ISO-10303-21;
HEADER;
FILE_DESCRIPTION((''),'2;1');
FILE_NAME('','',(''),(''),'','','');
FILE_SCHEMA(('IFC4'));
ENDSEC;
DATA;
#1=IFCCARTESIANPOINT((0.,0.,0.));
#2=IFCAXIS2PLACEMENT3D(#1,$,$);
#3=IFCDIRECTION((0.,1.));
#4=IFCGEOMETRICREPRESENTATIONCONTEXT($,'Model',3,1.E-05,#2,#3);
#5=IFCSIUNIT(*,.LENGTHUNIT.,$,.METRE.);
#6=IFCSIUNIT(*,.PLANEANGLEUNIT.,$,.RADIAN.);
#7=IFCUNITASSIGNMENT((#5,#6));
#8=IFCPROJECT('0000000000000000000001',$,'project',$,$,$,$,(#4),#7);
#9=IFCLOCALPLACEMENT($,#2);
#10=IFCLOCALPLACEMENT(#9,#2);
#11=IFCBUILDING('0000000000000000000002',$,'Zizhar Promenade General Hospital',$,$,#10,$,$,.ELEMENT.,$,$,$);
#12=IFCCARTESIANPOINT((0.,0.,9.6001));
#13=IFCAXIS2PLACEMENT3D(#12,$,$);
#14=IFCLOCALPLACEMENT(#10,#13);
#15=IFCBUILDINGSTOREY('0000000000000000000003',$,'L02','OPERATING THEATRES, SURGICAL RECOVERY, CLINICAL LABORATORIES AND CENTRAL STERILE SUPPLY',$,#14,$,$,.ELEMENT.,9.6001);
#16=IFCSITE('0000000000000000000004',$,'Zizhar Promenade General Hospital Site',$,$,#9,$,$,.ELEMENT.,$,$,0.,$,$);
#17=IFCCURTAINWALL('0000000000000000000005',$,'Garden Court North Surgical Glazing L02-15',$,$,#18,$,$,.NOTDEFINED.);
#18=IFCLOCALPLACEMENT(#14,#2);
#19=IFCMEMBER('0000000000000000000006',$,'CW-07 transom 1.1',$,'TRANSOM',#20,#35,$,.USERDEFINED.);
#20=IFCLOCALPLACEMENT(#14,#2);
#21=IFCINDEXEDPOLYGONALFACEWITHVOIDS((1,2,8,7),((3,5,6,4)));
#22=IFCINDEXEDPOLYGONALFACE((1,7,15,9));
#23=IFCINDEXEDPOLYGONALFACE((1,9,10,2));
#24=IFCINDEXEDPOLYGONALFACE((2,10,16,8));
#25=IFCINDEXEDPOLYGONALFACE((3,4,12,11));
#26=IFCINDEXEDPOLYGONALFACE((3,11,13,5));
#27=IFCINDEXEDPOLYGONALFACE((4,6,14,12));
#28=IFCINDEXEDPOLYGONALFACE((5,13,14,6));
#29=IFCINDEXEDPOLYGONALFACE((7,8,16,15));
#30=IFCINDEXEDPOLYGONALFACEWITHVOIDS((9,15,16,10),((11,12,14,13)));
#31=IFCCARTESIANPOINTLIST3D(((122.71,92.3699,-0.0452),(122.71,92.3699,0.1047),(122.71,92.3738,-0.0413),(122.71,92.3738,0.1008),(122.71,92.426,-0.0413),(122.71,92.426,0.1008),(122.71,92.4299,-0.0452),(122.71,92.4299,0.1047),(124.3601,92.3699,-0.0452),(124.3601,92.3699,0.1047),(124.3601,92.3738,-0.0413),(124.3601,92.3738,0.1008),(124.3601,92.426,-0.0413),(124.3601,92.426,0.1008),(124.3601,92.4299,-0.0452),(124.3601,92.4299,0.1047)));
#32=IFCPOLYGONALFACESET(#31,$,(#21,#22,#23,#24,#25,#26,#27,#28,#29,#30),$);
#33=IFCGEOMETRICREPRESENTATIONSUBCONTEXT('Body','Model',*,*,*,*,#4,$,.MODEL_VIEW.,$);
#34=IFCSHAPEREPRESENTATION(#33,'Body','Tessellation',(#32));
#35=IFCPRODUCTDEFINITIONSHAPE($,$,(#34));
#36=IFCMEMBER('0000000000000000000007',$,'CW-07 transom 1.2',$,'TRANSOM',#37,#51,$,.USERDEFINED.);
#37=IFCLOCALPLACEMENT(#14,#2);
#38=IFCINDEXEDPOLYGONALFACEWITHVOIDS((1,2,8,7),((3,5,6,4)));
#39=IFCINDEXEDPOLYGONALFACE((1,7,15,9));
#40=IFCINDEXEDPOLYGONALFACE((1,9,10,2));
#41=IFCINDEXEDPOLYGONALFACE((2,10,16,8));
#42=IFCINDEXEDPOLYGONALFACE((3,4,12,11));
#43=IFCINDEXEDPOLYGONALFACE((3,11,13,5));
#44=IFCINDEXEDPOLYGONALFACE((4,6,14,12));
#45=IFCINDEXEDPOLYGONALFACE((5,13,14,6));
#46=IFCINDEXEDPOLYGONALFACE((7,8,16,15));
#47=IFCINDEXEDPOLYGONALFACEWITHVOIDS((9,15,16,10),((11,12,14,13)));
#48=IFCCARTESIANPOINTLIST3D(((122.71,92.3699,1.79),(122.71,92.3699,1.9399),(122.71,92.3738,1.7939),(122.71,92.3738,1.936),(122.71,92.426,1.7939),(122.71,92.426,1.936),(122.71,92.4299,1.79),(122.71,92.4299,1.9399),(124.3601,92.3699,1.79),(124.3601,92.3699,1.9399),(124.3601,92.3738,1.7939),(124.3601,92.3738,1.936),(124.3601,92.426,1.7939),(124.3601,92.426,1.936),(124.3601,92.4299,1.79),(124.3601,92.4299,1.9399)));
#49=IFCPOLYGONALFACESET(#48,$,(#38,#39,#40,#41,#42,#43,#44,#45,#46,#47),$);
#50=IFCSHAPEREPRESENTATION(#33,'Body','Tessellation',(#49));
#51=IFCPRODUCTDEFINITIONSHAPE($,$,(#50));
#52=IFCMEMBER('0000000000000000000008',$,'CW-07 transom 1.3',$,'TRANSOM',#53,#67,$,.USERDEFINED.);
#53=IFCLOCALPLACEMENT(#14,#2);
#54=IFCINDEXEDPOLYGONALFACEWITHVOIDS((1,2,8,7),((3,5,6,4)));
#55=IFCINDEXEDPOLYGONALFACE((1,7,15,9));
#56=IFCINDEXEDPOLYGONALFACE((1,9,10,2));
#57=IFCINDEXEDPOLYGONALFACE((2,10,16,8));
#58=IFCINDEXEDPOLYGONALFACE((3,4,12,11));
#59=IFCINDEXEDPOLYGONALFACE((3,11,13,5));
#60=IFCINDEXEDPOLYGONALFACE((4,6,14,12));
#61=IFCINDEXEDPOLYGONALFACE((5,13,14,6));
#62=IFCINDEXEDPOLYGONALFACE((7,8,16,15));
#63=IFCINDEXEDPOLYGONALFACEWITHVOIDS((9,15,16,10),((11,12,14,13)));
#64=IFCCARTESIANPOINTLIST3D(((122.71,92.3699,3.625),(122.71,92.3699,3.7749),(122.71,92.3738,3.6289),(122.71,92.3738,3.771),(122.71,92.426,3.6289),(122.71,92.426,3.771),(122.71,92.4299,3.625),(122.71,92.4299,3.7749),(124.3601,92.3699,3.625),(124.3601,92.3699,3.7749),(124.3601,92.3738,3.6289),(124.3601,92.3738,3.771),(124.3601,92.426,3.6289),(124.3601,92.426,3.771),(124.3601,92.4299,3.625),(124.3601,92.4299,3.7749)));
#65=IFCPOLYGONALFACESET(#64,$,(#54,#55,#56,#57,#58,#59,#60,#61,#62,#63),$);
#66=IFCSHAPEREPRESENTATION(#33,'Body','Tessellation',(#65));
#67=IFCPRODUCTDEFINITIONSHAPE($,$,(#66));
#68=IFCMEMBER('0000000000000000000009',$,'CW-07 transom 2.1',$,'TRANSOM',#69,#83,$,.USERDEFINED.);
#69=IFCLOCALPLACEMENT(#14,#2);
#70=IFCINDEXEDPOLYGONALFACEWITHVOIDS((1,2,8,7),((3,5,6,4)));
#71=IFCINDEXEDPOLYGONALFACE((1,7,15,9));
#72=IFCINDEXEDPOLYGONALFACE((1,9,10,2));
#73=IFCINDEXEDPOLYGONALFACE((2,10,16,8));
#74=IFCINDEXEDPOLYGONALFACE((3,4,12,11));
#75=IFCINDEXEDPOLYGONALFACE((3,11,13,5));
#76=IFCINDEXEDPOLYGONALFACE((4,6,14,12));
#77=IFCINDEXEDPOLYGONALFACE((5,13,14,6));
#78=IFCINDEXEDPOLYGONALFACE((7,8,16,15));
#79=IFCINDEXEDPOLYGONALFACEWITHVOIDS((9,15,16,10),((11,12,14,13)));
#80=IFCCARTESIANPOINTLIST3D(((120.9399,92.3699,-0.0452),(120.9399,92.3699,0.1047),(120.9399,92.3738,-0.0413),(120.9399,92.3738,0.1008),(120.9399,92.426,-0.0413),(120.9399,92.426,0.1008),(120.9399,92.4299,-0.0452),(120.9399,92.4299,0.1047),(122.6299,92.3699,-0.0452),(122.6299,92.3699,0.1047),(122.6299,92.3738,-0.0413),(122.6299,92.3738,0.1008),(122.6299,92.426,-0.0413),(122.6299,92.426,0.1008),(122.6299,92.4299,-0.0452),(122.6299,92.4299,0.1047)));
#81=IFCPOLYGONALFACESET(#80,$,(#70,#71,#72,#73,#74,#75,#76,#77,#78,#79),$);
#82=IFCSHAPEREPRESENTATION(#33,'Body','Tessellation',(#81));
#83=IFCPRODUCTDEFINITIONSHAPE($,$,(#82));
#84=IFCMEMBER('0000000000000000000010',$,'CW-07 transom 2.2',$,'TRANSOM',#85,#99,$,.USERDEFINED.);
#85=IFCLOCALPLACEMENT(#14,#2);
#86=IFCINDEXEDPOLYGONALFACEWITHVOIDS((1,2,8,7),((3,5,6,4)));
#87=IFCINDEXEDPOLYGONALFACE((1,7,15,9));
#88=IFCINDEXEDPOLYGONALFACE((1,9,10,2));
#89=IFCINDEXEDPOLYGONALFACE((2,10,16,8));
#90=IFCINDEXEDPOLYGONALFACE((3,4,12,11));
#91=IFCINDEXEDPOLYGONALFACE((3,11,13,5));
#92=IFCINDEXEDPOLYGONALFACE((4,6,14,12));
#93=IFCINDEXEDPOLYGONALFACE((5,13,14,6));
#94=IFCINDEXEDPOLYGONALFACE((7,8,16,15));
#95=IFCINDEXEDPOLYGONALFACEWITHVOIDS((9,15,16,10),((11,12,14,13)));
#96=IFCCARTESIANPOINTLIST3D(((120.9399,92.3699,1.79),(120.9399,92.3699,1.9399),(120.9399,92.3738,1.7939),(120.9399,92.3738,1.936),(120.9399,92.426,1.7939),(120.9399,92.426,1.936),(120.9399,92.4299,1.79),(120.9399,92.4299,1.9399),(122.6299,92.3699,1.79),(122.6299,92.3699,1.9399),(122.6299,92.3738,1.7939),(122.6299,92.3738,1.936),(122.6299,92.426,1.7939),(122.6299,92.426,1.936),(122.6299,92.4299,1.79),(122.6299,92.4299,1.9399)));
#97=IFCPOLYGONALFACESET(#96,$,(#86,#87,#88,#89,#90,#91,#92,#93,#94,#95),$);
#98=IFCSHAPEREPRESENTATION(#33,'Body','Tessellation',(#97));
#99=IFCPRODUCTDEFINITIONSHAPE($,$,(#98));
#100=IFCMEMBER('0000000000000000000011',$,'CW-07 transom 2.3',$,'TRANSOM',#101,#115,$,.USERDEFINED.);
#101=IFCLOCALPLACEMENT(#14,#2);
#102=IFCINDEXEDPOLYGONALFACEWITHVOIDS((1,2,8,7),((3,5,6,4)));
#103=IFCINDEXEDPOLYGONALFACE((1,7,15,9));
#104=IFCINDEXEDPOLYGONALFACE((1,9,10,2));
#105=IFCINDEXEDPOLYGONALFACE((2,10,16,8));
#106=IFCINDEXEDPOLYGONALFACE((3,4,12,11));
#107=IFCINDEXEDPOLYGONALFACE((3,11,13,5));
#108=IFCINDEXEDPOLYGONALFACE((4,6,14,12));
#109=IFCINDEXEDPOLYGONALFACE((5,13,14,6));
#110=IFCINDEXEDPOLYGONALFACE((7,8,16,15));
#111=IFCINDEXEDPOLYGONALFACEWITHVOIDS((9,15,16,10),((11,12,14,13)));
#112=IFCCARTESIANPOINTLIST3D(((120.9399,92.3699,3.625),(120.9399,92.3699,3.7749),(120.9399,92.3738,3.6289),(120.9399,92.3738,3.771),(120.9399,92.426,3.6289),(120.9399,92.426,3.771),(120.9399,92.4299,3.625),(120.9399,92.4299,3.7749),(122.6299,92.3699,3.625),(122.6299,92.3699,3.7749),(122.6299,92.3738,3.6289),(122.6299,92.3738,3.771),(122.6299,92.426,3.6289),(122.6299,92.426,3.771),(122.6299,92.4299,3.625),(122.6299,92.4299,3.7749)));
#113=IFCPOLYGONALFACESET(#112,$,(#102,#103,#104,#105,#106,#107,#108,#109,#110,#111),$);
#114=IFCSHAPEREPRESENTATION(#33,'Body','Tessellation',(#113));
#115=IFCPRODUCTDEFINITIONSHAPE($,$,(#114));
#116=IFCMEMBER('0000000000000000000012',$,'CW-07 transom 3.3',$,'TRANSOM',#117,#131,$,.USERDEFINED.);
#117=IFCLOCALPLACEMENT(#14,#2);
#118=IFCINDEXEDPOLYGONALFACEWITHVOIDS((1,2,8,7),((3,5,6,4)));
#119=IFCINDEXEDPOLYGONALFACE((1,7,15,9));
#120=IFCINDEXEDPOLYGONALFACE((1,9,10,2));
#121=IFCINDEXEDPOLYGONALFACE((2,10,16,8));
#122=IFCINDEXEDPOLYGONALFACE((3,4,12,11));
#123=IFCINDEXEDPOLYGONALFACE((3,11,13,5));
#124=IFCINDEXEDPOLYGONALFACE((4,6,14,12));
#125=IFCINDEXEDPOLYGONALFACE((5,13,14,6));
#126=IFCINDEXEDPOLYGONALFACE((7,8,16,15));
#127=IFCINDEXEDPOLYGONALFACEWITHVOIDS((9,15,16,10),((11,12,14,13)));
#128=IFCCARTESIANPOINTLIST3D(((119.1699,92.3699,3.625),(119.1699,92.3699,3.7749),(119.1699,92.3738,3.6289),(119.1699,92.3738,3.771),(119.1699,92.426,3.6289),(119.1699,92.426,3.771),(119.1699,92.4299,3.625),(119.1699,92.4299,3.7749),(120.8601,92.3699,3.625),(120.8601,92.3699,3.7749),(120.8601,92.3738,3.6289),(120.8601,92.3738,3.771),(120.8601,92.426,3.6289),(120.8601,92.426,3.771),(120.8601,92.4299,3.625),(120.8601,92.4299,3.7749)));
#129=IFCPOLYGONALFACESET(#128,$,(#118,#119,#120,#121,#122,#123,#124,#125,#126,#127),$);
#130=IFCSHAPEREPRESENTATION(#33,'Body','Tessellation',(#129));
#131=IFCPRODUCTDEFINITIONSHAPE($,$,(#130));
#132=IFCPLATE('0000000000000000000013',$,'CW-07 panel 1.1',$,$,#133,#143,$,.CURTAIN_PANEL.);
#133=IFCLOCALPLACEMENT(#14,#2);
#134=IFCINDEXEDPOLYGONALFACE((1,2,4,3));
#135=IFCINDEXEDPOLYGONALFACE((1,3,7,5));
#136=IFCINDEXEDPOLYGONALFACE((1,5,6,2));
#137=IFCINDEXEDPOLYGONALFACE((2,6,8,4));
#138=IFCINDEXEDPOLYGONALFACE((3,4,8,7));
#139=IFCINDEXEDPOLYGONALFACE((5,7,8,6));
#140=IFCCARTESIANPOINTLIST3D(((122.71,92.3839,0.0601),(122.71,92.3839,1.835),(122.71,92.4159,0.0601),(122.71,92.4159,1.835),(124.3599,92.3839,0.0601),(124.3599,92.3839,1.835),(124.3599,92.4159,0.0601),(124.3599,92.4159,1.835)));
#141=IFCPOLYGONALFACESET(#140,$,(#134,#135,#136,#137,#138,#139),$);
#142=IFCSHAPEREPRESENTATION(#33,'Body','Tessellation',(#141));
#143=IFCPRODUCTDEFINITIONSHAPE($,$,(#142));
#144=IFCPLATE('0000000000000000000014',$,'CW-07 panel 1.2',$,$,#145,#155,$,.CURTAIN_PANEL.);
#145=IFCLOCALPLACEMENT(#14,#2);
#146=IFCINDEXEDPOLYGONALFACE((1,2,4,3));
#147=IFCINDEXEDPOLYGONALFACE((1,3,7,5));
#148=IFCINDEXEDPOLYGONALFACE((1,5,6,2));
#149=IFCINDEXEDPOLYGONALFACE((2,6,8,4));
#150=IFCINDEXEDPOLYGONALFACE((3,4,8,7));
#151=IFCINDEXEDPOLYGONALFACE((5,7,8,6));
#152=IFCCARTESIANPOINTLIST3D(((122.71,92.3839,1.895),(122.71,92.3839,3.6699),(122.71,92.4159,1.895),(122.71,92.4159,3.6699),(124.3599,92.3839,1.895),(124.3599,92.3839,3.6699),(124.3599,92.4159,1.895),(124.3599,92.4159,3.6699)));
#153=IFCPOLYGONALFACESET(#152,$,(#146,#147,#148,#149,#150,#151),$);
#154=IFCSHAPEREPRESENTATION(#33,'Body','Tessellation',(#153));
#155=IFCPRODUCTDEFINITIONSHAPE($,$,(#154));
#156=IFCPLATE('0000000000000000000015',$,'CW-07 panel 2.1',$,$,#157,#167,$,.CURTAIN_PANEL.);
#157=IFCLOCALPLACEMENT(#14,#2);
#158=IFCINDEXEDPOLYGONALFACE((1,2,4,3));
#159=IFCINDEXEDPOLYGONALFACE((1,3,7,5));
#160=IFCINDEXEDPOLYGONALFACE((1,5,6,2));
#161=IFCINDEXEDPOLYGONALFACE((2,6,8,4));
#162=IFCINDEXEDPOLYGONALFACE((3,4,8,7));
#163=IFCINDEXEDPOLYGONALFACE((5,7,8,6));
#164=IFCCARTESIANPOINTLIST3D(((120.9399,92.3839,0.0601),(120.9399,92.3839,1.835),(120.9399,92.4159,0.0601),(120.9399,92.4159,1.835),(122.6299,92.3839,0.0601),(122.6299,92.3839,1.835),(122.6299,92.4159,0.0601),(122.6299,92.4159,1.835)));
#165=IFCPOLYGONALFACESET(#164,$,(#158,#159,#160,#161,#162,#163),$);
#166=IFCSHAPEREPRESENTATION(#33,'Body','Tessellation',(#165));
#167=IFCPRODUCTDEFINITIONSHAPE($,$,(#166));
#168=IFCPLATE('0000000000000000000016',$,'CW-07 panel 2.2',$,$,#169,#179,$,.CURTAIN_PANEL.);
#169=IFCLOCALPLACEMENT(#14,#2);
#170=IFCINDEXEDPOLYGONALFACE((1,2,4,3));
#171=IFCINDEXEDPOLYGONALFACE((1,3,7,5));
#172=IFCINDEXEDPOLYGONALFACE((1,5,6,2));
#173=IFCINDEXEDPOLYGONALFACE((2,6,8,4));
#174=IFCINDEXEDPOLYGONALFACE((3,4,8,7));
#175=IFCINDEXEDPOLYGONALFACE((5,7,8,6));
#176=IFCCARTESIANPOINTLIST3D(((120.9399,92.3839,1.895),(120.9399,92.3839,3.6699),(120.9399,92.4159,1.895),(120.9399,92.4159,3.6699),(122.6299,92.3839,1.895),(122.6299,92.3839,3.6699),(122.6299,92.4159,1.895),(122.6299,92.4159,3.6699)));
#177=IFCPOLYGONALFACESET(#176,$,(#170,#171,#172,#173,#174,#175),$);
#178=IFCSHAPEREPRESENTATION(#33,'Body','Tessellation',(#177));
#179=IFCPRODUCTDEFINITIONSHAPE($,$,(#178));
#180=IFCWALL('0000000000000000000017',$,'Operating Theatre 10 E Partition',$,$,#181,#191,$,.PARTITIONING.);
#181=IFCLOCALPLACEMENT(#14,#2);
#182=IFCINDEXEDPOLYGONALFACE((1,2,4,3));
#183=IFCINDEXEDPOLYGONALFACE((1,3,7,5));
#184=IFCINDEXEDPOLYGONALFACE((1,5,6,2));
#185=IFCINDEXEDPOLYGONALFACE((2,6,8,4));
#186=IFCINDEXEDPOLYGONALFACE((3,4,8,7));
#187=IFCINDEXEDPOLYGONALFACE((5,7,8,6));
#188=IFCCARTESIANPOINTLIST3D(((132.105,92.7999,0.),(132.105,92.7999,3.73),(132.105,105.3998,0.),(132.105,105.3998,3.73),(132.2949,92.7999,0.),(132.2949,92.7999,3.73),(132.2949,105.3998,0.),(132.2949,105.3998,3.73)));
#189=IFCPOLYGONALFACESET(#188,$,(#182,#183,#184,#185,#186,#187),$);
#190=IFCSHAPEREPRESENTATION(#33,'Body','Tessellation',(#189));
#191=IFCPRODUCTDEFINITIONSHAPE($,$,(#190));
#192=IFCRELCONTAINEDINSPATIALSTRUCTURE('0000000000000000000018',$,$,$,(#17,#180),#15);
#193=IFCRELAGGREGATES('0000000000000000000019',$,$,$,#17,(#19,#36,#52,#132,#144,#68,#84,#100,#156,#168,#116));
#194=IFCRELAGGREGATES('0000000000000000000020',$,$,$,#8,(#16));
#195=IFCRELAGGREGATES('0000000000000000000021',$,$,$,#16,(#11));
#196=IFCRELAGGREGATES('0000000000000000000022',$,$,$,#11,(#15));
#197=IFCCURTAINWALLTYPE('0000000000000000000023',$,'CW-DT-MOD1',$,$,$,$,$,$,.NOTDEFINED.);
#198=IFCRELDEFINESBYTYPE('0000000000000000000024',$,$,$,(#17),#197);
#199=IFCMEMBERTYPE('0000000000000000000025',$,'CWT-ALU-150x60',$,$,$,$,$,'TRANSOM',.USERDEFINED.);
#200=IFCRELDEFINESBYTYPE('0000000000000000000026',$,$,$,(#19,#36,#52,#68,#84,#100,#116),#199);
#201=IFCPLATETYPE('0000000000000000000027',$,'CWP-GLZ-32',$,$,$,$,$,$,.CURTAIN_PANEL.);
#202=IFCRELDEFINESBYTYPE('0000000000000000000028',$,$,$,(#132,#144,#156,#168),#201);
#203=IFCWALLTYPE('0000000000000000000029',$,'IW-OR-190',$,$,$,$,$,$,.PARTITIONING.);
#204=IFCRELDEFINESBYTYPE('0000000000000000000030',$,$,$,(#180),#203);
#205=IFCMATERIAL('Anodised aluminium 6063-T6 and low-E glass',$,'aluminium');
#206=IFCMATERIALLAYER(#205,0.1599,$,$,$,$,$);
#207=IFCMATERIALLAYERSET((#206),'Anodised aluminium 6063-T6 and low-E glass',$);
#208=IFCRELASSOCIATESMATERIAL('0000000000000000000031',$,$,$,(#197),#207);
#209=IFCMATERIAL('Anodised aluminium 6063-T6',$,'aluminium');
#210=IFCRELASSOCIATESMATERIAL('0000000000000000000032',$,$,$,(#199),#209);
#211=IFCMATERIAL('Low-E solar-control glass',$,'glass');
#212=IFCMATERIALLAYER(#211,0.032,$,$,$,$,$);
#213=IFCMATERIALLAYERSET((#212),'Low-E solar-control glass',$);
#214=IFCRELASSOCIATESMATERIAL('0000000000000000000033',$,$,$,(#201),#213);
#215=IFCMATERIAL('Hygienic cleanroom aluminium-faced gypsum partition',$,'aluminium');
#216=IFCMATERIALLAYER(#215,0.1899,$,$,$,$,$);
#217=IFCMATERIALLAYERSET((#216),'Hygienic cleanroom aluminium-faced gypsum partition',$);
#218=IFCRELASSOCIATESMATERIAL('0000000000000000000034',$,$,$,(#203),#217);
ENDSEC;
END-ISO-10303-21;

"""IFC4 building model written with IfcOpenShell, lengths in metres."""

from ifc_helpers import new_model, si_unit, direction, frame, frame_2d, origin, origin_2d, place, context, subcontext, project, spatial, rectangle, hollow_rectangle, extrude, material, layer, layer_set, material_profile, profile_set, type_object, element, aggregate, save


model = new_model("IFC4")

# Units and contexts
model_context = context("Model", 3, precision=1e-05, world=origin(), true_north=direction((0.0, 1.0)))
body_context = subcontext(model_context, "Body", "Model", "MODEL_VIEW")
ifc_project = project(units=[si_unit("LENGTHUNIT", "METRE"), si_unit("PLANEANGLEUNIT", "RADIAN")], contexts=[model_context])

# Site, building, storey
site_placement = place(None, origin())
site = spatial("IfcSite", under=ifc_project, at=site_placement, Name="Zizhar Promenade General Hospital Site", CompositionType="ELEMENT", RefElevation=0.0)
building_placement = place(site_placement, origin())
building = spatial("IfcBuilding", under=site, at=building_placement, Name="Zizhar Promenade General Hospital", CompositionType="ELEMENT")
storey_placement = place(building_placement, frame((0.0, 0.0, 9.6001)))
storey = spatial("IfcBuildingStorey", under=building, at=storey_placement, Name="L02", Description="OPERATING THEATRES, SURGICAL RECOVERY, CLINICAL LABORATORIES AND CENTRAL STERILE SUPPLY", CompositionType="ELEMENT", Elevation=9.6001)

# Curtain wall, members, plates
ifc_material_1 = material(Name="Anodised aluminium 6063-T6 and low-E glass", Category="aluminium")
ifc_layer_1 = layer(ifc_material_1, 0.1599)
ifc_layer_set_1 = layer_set([ifc_layer_1], Name="Anodised aluminium 6063-T6 and low-E glass")
curtain_wall_type = type_object("IfcCurtainWallType", Name="CW-DT-MOD1", PredefinedType="NOTDEFINED", material=ifc_layer_set_1)
curtain_wall_placement = place(storey_placement, origin())
curtain_wall = element("IfcCurtainWall", 1, at=curtain_wall_placement, inside=storey, type_object=curtain_wall_type, Name="Garden Court North Surgical Glazing L02-15", PredefinedType="NOTDEFINED")
ifc_material_2 = material(Name="Anodised aluminium 6063-T6", Category="aluminium")
ifc_material_profile_1 = material_profile(ifc_material_2, hollow_rectangle(XDim=0.0601, YDim=0.1499, WallThickness=0.0039, at=origin_2d()))
ifc_profile_set_1 = profile_set([ifc_material_profile_1], Name="Anodised aluminium 6063-T6")
member_type_1 = type_object("IfcMemberType", Name="CWT-ALU-150x60", ElementType="TRANSOM", PredefinedType="USERDEFINED", material=ifc_profile_set_1)
member_1_placement = place(storey_placement, frame((124.3601, 92.3999, 0.0298), z_axis=(-1.0, 0.0, 0.0), x_axis=(0.0, -1.0, 0.0)))
member_1 = element("IfcMember", 2, at=member_1_placement, type_object=member_type_1, Name="CW-07 transom 1.1", ObjectType="TRANSOM", PredefinedType="USERDEFINED", context=body_context, shape_type="SweptSolid", body=[
    extrude(hollow_rectangle(XDim=0.0601, YDim=0.1499, WallThickness=0.0039, at=origin_2d()), origin(), (0.0, 0.0, 1.0), 1.6501),
])
member_2_placement = place(storey_placement, frame((124.3601, 92.3999, 1.865), z_axis=(-1.0, 0.0, 0.0), x_axis=(0.0, -1.0, 0.0)))
member_2 = element("IfcMember", 3, at=member_2_placement, type_object=member_type_1, Name="CW-07 transom 1.2", ObjectType="TRANSOM", PredefinedType="USERDEFINED", context=body_context, shape_type="SweptSolid", body=[
    extrude(hollow_rectangle(XDim=0.0601, YDim=0.1499, WallThickness=0.0039, at=origin_2d()), origin(), (0.0, 0.0, 1.0), 1.6501),
])
member_3_placement = place(storey_placement, frame((124.3601, 92.3999, 3.7), z_axis=(-1.0, 0.0, 0.0), x_axis=(0.0, -1.0, 0.0)))
member_3 = element("IfcMember", 4, at=member_3_placement, type_object=member_type_1, Name="CW-07 transom 1.3", ObjectType="TRANSOM", PredefinedType="USERDEFINED", context=body_context, shape_type="SweptSolid", body=[
    extrude(hollow_rectangle(XDim=0.0601, YDim=0.1499, WallThickness=0.0039, at=origin_2d()), origin(), (0.0, 0.0, 1.0), 1.6501),
])
member_4_placement = place(storey_placement, frame((122.6299, 92.3999, 0.0298), z_axis=(-1.0, 0.0, 0.0), x_axis=(0.0, -1.0, 0.0)))
member_4 = element("IfcMember", 5, at=member_4_placement, type_object=member_type_1, Name="CW-07 transom 2.1", ObjectType="TRANSOM", PredefinedType="USERDEFINED", context=body_context, shape_type="SweptSolid", body=[
    extrude(hollow_rectangle(XDim=0.0601, YDim=0.1499, WallThickness=0.0039, at=origin_2d()), origin(), (0.0, 0.0, 1.0), 1.6899),
])
member_5_placement = place(storey_placement, frame((122.6299, 92.3999, 1.865), z_axis=(-1.0, 0.0, 0.0), x_axis=(0.0, -1.0, 0.0)))
member_5 = element("IfcMember", 6, at=member_5_placement, type_object=member_type_1, Name="CW-07 transom 2.2", ObjectType="TRANSOM", PredefinedType="USERDEFINED", context=body_context, shape_type="SweptSolid", body=[
    extrude(hollow_rectangle(XDim=0.0601, YDim=0.1499, WallThickness=0.0039, at=origin_2d()), origin(), (0.0, 0.0, 1.0), 1.6899),
])
member_6_placement = place(storey_placement, frame((122.6299, 92.3999, 3.7), z_axis=(-1.0, 0.0, 0.0), x_axis=(0.0, -1.0, 0.0)))
member_6 = element("IfcMember", 7, at=member_6_placement, type_object=member_type_1, Name="CW-07 transom 2.3", ObjectType="TRANSOM", PredefinedType="USERDEFINED", context=body_context, shape_type="SweptSolid", body=[
    extrude(hollow_rectangle(XDim=0.0601, YDim=0.1499, WallThickness=0.0039, at=origin_2d()), origin(), (0.0, 0.0, 1.0), 1.6899),
])
member_7_placement = place(storey_placement, frame((120.8601, 92.3999, 3.7), z_axis=(-1.0, 0.0, 0.0), x_axis=(0.0, -1.0, 0.0)))
member_7 = element("IfcMember", 8, at=member_7_placement, type_object=member_type_1, Name="CW-07 transom 3.3", ObjectType="TRANSOM", PredefinedType="USERDEFINED", context=body_context, shape_type="SweptSolid", body=[
    extrude(hollow_rectangle(XDim=0.0601, YDim=0.1499, WallThickness=0.0039, at=origin_2d()), origin(), (0.0, 0.0, 1.0), 1.6902),
])
ifc_material_3 = material(Name="Low-E solar-control glass", Category="glass")
ifc_layer_2 = layer(ifc_material_3, 0.032)
ifc_layer_set_2 = layer_set([ifc_layer_2], Name="Low-E solar-control glass")
plate_type = type_object("IfcPlateType", Name="CWP-GLZ-32", PredefinedType="CURTAIN_PANEL", material=ifc_layer_set_2)
plate_1_placement = place(storey_placement, frame((123.5349, 92.3999, 0.0601), z_axis=(0.0, 0.0, 1.0), x_axis=(-1.0, 0.0, 0.0)))
plate_1 = element("IfcPlate", 9, at=plate_1_placement, type_object=plate_type, Name="CW-07 panel 1.1", PredefinedType="CURTAIN_PANEL", context=body_context, shape_type="SweptSolid", body=[
    extrude(rectangle(XDim=1.6499, YDim=0.032, at=origin_2d()), origin(), (0.0, 0.0, 1.0), 1.7749),
])
plate_2_placement = place(storey_placement, frame((123.5349, 92.3999, 1.895), z_axis=(0.0, 0.0, 1.0), x_axis=(-1.0, 0.0, 0.0)))
plate_2 = element("IfcPlate", 10, at=plate_2_placement, type_object=plate_type, Name="CW-07 panel 1.2", PredefinedType="CURTAIN_PANEL", context=body_context, shape_type="SweptSolid", body=[
    extrude(rectangle(XDim=1.6499, YDim=0.032, at=origin_2d()), origin(), (0.0, 0.0, 1.0), 1.7749),
])
plate_3_placement = place(storey_placement, frame((121.7849, 92.3999, 0.0601), z_axis=(0.0, 0.0, 1.0), x_axis=(-1.0, 0.0, 0.0)))
plate_3 = element("IfcPlate", 11, at=plate_3_placement, type_object=plate_type, Name="CW-07 panel 2.1", PredefinedType="CURTAIN_PANEL", context=body_context, shape_type="SweptSolid", body=[
    extrude(rectangle(XDim=1.6899, YDim=0.032, at=origin_2d()), origin(), (0.0, 0.0, 1.0), 1.7749),
])
plate_4_placement = place(storey_placement, frame((121.7849, 92.3999, 1.895), z_axis=(0.0, 0.0, 1.0), x_axis=(-1.0, 0.0, 0.0)))
plate_4 = element("IfcPlate", 12, at=plate_4_placement, type_object=plate_type, Name="CW-07 panel 2.2", PredefinedType="CURTAIN_PANEL", context=body_context, shape_type="SweptSolid", body=[
    extrude(rectangle(XDim=1.6899, YDim=0.032, at=origin_2d()), origin(), (0.0, 0.0, 1.0), 1.7749),
])
aggregate(curtain_wall, [member_1, member_2, member_3, plate_1, plate_2, member_4, member_5, member_6, plate_3, plate_4, member_7])

# Wall
ifc_material_4 = material(Name="Hygienic cleanroom aluminium-faced gypsum partition", Category="aluminium")
ifc_layer_3 = layer(ifc_material_4, 0.1899)
ifc_layer_set_3 = layer_set([ifc_layer_3], Name="Hygienic cleanroom aluminium-faced gypsum partition")
wall_type = type_object("IfcWallType", Name="IW-OR-190", PredefinedType="PARTITIONING", material=ifc_layer_set_3)
wall_placement = place(storey_placement, frame((132.2, 92.8, 0.0), z_axis=(0.0, 0.0, 1.0), x_axis=(0.0, 1.0, 0.0)))
element("IfcWall", 13, at=wall_placement, inside=storey, type_object=wall_type, Name="Operating Theatre 10 E Partition", PredefinedType="PARTITIONING", context=body_context, shape_type="SweptSolid", body=[
    extrude(rectangle(XDim=12.5999, YDim=0.1899, at=frame_2d((6.2998, 0.0))), origin(), (0.0, 0.0, 1.0), 3.73),
])

save(model, "model.ifc")
